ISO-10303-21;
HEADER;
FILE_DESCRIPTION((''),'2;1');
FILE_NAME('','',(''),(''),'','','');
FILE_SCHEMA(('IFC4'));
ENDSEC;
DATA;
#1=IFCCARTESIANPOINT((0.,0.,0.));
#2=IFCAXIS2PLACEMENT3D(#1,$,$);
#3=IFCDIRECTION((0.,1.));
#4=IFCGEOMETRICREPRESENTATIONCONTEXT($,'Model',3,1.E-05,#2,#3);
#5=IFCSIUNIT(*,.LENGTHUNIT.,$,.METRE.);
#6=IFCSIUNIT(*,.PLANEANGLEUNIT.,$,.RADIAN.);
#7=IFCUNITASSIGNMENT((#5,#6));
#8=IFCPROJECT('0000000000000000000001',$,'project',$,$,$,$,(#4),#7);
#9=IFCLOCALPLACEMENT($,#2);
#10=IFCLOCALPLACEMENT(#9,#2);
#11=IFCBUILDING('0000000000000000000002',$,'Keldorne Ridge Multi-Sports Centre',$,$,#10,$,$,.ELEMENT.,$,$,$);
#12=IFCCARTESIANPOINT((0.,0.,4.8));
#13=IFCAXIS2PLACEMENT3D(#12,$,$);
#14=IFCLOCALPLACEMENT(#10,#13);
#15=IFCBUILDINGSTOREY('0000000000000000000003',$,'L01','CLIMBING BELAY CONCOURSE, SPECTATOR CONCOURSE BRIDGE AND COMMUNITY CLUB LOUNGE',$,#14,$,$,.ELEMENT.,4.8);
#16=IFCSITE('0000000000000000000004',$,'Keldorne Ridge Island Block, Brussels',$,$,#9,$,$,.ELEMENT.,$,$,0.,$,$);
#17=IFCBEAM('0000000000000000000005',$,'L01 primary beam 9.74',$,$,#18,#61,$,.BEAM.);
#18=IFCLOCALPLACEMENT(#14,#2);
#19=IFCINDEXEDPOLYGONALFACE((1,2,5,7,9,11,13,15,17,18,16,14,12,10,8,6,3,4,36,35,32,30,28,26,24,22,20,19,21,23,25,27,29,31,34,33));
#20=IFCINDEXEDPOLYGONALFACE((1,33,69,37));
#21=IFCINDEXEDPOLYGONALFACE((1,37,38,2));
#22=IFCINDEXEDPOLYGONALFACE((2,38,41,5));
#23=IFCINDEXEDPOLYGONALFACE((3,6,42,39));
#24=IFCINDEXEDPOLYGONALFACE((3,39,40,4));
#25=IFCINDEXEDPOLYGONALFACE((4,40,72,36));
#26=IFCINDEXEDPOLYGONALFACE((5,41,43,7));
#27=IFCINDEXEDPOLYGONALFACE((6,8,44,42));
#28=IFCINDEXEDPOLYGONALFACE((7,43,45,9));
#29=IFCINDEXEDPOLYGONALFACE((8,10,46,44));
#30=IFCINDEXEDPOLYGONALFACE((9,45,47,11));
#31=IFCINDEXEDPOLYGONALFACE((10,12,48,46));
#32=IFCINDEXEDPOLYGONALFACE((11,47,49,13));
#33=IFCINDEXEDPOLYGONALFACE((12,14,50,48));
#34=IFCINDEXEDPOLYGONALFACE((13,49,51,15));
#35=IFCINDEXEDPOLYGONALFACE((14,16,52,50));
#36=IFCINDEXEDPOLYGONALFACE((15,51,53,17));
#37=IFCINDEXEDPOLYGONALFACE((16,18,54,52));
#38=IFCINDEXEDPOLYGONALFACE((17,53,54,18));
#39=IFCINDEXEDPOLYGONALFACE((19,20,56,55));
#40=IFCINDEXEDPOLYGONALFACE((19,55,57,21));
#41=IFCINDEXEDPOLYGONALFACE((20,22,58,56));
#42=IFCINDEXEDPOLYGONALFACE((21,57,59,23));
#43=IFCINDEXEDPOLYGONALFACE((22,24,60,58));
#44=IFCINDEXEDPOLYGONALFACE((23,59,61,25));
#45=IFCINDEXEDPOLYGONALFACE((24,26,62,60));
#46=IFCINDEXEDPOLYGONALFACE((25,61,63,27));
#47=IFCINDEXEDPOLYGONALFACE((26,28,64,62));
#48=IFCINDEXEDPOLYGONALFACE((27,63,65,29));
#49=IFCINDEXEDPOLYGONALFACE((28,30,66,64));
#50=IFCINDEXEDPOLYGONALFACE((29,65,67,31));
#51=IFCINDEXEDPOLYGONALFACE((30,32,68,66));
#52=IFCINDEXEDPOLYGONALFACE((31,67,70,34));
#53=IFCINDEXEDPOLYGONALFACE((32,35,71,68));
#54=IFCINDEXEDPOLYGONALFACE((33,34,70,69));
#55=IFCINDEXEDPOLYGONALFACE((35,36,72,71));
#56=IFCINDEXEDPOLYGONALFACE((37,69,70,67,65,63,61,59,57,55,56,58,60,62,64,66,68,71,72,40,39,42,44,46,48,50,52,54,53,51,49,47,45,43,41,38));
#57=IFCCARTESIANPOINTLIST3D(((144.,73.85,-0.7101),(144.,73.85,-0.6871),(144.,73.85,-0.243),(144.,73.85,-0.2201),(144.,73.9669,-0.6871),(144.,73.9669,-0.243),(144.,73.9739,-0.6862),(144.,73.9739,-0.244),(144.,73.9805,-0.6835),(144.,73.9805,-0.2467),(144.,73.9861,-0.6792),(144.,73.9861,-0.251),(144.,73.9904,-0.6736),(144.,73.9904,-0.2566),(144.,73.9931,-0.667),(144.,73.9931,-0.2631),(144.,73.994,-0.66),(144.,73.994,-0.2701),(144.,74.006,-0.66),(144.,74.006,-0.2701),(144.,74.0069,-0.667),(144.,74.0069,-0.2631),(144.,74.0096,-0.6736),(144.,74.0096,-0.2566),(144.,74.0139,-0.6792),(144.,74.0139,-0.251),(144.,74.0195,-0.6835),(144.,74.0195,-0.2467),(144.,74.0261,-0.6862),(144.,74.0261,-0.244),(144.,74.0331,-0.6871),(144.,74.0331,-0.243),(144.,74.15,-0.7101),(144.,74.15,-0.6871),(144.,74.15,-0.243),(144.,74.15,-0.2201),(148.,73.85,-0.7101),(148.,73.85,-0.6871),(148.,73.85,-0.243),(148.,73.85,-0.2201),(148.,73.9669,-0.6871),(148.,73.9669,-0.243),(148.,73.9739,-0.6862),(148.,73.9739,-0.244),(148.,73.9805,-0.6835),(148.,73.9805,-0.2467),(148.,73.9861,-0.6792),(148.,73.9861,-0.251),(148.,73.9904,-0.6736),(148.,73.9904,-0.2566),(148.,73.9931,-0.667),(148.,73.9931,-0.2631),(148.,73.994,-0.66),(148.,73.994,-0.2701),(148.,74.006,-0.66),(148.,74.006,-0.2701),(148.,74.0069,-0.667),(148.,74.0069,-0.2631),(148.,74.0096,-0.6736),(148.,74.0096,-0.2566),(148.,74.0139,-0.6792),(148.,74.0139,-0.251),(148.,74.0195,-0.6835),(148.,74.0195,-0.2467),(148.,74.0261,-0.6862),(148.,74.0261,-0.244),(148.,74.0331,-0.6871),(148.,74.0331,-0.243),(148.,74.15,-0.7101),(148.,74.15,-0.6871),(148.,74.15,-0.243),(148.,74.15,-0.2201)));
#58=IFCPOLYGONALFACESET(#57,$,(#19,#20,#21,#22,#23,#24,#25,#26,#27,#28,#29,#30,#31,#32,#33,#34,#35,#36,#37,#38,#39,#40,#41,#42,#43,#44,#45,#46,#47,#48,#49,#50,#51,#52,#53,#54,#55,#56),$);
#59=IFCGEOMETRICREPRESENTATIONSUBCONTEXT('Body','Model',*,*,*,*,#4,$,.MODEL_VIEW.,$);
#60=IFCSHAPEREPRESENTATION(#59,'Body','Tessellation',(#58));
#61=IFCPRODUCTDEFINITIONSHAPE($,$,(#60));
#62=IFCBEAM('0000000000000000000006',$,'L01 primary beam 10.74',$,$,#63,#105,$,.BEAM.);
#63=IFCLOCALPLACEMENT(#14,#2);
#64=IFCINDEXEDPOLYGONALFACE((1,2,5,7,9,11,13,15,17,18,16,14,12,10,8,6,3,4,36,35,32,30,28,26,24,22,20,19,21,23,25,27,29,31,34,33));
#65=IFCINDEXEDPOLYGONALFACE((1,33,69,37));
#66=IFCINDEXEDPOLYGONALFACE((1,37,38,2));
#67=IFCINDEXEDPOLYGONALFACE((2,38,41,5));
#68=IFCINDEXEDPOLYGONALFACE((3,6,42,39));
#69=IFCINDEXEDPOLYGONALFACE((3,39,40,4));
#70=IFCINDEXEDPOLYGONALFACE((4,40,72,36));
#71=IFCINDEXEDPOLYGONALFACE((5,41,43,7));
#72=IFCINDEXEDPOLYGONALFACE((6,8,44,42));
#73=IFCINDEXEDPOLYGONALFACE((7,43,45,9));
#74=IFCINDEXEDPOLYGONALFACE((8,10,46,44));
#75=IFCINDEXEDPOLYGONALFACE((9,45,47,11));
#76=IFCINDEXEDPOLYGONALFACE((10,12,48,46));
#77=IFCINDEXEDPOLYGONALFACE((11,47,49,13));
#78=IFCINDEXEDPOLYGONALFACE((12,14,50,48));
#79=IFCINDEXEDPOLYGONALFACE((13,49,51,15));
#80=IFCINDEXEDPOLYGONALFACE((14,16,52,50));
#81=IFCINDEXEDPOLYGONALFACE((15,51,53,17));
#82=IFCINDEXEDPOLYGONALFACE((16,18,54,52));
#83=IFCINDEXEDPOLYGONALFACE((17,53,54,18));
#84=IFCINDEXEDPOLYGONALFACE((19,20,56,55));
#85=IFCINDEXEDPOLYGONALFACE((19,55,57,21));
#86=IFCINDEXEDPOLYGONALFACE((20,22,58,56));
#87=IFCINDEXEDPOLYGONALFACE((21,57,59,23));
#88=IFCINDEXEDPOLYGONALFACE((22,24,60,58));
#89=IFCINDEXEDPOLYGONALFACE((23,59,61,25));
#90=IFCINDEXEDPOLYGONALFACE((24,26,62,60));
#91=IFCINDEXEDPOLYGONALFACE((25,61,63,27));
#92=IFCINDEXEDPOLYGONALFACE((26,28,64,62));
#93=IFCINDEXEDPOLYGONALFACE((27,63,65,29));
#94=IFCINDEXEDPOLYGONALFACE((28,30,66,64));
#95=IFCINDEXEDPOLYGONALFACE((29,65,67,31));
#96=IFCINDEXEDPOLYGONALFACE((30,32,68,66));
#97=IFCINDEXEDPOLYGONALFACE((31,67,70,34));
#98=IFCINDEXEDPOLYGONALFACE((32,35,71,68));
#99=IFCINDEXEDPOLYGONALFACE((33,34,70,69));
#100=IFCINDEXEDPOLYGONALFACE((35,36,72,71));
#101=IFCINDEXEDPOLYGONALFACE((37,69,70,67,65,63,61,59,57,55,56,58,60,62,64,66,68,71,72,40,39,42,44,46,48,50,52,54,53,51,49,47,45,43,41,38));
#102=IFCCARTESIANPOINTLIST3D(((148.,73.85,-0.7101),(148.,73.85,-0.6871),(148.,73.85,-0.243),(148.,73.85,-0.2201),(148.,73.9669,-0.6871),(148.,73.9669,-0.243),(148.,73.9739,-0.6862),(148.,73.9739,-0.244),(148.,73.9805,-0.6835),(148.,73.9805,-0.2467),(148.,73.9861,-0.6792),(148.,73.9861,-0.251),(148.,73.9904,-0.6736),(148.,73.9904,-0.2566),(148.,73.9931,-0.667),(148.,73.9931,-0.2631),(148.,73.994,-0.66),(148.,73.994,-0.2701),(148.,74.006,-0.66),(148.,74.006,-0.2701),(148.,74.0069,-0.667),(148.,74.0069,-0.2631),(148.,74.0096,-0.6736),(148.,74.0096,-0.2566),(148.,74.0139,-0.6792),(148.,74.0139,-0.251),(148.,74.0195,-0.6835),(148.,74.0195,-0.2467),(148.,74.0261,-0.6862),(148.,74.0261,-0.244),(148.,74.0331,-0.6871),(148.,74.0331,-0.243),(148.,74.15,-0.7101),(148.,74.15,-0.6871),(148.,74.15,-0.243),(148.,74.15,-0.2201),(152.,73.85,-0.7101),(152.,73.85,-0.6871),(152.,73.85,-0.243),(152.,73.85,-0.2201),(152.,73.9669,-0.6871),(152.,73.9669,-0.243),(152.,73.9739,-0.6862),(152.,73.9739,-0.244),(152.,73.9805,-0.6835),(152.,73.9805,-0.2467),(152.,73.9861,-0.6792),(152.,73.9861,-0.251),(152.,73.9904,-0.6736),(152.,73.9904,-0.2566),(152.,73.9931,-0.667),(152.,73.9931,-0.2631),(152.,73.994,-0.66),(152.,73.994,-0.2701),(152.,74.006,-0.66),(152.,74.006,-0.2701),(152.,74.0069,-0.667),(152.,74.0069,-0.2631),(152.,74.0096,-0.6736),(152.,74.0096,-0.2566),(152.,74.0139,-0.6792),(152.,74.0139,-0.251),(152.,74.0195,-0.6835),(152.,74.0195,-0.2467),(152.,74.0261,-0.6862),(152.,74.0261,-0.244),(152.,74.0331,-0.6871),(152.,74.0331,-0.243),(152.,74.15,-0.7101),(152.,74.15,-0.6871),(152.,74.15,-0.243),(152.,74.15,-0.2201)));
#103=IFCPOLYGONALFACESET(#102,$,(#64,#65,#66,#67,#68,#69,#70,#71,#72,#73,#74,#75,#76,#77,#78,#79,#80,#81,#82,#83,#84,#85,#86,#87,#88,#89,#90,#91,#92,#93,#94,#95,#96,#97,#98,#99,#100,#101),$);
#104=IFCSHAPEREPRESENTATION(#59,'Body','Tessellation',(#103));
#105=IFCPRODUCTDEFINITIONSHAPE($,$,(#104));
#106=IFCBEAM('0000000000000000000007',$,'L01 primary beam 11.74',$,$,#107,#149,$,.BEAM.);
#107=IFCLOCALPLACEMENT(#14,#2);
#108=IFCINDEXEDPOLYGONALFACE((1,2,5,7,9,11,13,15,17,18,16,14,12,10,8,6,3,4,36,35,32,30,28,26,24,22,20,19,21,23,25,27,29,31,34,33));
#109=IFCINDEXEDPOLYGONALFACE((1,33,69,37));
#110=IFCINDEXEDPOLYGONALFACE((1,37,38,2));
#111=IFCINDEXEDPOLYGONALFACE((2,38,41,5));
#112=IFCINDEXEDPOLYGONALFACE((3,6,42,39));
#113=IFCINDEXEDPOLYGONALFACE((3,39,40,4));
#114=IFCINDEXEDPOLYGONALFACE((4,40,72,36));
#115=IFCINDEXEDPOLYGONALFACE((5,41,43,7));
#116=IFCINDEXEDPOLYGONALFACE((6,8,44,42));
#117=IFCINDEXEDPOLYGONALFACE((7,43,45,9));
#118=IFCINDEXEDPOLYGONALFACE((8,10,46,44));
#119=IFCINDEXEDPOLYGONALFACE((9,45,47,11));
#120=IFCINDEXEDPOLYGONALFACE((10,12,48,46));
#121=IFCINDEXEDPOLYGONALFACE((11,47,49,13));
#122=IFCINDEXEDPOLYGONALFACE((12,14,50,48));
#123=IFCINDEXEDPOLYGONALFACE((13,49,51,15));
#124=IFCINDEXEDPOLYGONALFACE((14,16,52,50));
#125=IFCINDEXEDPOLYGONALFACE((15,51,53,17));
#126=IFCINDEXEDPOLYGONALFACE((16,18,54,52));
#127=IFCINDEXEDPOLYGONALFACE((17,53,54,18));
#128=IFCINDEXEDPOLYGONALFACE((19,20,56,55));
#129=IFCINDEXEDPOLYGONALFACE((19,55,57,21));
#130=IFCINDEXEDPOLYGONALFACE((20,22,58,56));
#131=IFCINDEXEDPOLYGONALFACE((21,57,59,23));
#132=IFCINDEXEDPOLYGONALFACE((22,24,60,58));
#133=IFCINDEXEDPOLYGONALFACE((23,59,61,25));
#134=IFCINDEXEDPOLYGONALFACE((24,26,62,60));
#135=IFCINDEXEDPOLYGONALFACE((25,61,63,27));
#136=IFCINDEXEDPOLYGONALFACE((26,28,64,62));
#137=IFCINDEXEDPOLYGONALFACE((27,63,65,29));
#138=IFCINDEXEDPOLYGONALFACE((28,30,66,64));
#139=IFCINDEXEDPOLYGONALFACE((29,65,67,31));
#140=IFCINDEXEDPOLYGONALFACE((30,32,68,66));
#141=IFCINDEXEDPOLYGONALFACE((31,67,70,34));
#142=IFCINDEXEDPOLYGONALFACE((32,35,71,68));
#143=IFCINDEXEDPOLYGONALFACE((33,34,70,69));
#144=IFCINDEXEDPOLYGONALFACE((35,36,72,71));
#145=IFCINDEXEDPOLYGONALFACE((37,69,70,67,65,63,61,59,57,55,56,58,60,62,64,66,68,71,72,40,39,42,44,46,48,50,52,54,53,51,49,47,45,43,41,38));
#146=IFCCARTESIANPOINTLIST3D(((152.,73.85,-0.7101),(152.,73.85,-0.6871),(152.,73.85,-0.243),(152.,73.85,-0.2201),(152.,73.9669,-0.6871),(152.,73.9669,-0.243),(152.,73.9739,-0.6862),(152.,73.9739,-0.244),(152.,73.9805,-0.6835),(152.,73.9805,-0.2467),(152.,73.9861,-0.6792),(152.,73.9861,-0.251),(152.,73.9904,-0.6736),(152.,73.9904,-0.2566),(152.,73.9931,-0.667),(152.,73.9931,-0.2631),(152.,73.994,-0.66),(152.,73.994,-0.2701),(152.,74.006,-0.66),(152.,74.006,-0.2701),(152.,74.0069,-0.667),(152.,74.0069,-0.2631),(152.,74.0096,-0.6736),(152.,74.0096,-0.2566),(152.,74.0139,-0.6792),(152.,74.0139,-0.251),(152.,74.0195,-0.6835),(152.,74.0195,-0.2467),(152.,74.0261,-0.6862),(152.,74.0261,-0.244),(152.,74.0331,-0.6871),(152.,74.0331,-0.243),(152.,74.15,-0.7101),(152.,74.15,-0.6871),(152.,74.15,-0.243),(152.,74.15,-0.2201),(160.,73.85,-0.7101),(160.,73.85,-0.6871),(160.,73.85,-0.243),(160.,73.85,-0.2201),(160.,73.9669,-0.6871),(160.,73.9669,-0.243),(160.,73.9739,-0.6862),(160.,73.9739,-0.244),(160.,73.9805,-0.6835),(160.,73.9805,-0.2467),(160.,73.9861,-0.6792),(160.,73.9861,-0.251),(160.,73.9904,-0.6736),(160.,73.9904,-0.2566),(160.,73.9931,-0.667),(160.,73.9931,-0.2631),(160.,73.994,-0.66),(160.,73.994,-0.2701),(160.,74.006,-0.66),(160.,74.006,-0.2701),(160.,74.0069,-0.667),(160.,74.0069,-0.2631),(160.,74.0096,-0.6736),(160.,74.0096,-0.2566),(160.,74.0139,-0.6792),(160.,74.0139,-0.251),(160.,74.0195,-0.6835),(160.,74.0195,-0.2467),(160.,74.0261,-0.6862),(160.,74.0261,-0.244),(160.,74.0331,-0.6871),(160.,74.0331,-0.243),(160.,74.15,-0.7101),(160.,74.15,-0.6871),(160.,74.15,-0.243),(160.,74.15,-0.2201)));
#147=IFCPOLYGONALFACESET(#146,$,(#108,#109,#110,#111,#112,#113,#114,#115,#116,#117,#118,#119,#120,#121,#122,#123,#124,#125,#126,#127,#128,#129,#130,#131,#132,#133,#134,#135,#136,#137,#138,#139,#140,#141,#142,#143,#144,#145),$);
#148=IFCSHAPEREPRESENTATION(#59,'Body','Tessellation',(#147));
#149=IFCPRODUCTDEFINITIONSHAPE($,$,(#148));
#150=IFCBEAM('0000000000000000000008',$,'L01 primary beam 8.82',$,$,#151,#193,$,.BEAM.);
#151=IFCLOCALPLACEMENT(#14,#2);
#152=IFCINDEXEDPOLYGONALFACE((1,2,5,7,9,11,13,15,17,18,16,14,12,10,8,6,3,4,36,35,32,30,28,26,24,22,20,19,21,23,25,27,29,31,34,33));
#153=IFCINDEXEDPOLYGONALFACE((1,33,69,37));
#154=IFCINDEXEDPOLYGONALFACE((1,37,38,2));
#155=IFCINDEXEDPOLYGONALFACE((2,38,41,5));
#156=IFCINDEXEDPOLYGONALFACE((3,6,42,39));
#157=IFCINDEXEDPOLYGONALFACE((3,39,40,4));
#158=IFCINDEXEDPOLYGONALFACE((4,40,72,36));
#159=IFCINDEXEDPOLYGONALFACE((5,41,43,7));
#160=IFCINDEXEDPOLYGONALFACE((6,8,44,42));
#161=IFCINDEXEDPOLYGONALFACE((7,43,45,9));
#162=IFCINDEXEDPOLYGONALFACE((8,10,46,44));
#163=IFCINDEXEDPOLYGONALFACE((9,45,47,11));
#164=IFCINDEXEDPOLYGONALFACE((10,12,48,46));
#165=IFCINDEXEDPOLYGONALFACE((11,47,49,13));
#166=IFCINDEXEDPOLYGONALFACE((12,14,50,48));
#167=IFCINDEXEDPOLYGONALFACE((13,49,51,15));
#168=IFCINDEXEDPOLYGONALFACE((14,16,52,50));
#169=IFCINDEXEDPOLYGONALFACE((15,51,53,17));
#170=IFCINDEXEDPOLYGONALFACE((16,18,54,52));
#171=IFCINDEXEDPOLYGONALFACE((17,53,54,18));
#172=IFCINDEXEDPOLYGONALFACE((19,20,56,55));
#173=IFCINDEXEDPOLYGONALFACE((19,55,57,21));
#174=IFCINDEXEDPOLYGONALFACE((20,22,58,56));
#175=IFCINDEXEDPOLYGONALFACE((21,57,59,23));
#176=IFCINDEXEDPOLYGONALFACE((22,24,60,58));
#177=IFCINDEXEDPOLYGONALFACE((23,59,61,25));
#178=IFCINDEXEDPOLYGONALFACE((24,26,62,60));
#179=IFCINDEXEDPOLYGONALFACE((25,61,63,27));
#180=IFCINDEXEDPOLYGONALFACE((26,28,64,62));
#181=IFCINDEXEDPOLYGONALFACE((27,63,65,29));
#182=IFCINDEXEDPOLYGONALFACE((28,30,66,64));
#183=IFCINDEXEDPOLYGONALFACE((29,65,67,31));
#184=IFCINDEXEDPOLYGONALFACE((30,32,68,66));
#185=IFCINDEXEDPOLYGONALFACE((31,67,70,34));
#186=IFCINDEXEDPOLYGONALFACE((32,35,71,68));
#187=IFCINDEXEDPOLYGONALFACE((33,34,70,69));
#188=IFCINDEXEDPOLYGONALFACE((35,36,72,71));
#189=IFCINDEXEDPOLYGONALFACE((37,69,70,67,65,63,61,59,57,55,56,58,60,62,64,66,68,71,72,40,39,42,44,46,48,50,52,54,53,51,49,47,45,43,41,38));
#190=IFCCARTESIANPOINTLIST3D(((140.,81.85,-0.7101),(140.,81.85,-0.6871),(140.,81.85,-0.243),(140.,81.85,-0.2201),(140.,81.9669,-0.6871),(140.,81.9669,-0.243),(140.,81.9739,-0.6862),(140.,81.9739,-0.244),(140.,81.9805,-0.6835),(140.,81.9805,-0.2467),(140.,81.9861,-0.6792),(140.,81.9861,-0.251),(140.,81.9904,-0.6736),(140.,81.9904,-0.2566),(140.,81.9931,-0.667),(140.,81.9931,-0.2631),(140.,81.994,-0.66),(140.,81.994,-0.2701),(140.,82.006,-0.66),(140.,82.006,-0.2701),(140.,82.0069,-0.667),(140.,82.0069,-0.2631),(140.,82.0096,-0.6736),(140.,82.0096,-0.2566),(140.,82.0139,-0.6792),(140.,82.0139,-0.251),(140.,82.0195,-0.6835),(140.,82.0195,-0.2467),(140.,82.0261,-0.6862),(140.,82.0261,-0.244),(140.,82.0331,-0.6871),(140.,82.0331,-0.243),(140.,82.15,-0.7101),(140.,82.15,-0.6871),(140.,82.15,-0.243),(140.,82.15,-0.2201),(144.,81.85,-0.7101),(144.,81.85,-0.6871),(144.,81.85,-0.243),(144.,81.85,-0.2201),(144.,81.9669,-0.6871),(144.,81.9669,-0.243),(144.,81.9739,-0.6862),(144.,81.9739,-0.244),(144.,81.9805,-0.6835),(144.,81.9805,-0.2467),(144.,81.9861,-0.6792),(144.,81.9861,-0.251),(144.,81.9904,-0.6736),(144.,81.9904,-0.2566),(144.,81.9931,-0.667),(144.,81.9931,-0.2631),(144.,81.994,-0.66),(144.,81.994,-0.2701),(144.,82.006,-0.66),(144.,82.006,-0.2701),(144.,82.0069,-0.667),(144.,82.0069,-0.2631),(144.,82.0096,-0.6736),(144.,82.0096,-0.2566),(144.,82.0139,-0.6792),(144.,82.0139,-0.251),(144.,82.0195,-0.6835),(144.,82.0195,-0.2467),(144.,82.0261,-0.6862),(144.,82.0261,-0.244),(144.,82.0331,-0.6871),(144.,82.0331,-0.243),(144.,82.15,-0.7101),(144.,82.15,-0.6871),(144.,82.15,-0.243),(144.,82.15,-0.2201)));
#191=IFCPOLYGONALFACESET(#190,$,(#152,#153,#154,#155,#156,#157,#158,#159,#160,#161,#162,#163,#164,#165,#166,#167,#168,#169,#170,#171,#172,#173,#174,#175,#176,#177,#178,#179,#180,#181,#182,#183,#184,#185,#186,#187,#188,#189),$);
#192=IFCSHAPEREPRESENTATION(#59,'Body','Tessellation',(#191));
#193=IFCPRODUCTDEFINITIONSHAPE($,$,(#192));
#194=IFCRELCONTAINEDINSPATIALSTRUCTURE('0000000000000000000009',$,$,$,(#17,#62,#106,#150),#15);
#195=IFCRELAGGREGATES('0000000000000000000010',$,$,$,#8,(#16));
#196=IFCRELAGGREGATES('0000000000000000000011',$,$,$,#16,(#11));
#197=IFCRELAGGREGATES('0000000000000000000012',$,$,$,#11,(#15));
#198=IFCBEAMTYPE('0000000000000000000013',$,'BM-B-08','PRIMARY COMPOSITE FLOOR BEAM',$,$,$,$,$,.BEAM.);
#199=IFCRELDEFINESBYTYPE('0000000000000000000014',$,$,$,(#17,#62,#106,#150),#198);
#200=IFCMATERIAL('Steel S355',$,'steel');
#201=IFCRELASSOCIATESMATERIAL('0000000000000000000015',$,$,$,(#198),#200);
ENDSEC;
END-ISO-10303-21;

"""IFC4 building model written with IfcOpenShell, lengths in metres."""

from ifc_helpers import new_model, si_unit, direction, frame, origin, origin_2d, place, context, subcontext, project, spatial, i_section, extrude, material, material_profile, profile_set, type_object, element, save


model = new_model("IFC4")

# Units and contexts
model_context = context("Model", 3, precision=1e-05, world=origin(), true_north=direction((0.0, 1.0)))
body_context = subcontext(model_context, "Body", "Model", "MODEL_VIEW")
ifc_project = project(units=[si_unit("LENGTHUNIT", "METRE"), si_unit("PLANEANGLEUNIT", "RADIAN")], contexts=[model_context])

# Site, building, storey
site_placement = place(None, origin())
site = spatial("IfcSite", under=ifc_project, at=site_placement, Name="Keldorne Ridge Island Block, Brussels", CompositionType="ELEMENT", RefElevation=0.0)
building_placement = place(site_placement, origin())
building = spatial("IfcBuilding", under=site, at=building_placement, Name="Keldorne Ridge Multi-Sports Centre", CompositionType="ELEMENT")
storey_placement = place(building_placement, frame((0.0, 0.0, 4.8)))
storey = spatial("IfcBuildingStorey", under=building, at=storey_placement, Name="L01", Description="CLIMBING BELAY CONCOURSE, SPECTATOR CONCOURSE BRIDGE AND COMMUNITY CLUB LOUNGE", CompositionType="ELEMENT", Elevation=4.8)

# Shared definitions
ifc_material_1 = material(Name="Steel S355", Category="steel")

# Beams
ifc_material_profile_1 = material_profile(ifc_material_1, i_section(OverallWidth=0.3, OverallDepth=0.49, WebThickness=0.012, FlangeThickness=0.0229, FilletRadius=0.0271, at=origin_2d()), Name="HEA 500")
ifc_profile_set_1 = profile_set([ifc_material_profile_1], Name="Steel S355")
beam_type_1 = type_object("IfcBeamType", Name="BM-B-08", Description="PRIMARY COMPOSITE FLOOR BEAM", PredefinedType="BEAM", material=ifc_profile_set_1)
for number, where, z_axis, x_axis, name in (
    (1, (144.0, 74.0, -0.4651), (1.0, 0.0, 0.0), (0.0, 1.0, 0.0), "L01 primary beam 9.74"),
    (2, (148.0, 74.0, -0.4651), (1.0, 0.0, 0.0), (0.0, 1.0, 0.0), "L01 primary beam 10.74"),
):
    element("IfcBeam", number, at=place(storey_placement, frame(where, z_axis=z_axis, x_axis=x_axis)), inside=storey, type_object=beam_type_1, Name=name, PredefinedType="BEAM", context=body_context, shape_type="SweptSolid", body=[
        extrude(i_section(OverallWidth=0.3, OverallDepth=0.49, WebThickness=0.012, FlangeThickness=0.0229, FilletRadius=0.0271, at=origin_2d()), origin(), (0.0, 0.0, 1.0), 4.0),
    ])
beam_placement = place(storey_placement, frame((152.0, 74.0, -0.4651), z_axis=(1.0, 0.0, 0.0), x_axis=(0.0, 1.0, 0.0)))
element("IfcBeam", 3, at=beam_placement, inside=storey, type_object=beam_type_1, Name="L01 primary beam 11.74", PredefinedType="BEAM", context=body_context, shape_type="SweptSolid", body=[
    extrude(i_section(OverallWidth=0.3, OverallDepth=0.49, WebThickness=0.012, FlangeThickness=0.0229, FilletRadius=0.0271, at=origin_2d()), origin(), (0.0, 0.0, 1.0), 8.0),
])
for number, where, z_axis, x_axis, name in (
    (4, (140.0, 82.0, -0.4651), (1.0, 0.0, 0.0), (0.0, 1.0, 0.0), "L01 primary beam 8.82"),
):
    element("IfcBeam", number, at=place(storey_placement, frame(where, z_axis=z_axis, x_axis=x_axis)), inside=storey, type_object=beam_type_1, Name=name, PredefinedType="BEAM", context=body_context, shape_type="SweptSolid", body=[
        extrude(i_section(OverallWidth=0.3, OverallDepth=0.49, WebThickness=0.012, FlangeThickness=0.0229, FilletRadius=0.0271, at=origin_2d()), origin(), (0.0, 0.0, 1.0), 4.0),
    ])

save(model, "model.ifc")
